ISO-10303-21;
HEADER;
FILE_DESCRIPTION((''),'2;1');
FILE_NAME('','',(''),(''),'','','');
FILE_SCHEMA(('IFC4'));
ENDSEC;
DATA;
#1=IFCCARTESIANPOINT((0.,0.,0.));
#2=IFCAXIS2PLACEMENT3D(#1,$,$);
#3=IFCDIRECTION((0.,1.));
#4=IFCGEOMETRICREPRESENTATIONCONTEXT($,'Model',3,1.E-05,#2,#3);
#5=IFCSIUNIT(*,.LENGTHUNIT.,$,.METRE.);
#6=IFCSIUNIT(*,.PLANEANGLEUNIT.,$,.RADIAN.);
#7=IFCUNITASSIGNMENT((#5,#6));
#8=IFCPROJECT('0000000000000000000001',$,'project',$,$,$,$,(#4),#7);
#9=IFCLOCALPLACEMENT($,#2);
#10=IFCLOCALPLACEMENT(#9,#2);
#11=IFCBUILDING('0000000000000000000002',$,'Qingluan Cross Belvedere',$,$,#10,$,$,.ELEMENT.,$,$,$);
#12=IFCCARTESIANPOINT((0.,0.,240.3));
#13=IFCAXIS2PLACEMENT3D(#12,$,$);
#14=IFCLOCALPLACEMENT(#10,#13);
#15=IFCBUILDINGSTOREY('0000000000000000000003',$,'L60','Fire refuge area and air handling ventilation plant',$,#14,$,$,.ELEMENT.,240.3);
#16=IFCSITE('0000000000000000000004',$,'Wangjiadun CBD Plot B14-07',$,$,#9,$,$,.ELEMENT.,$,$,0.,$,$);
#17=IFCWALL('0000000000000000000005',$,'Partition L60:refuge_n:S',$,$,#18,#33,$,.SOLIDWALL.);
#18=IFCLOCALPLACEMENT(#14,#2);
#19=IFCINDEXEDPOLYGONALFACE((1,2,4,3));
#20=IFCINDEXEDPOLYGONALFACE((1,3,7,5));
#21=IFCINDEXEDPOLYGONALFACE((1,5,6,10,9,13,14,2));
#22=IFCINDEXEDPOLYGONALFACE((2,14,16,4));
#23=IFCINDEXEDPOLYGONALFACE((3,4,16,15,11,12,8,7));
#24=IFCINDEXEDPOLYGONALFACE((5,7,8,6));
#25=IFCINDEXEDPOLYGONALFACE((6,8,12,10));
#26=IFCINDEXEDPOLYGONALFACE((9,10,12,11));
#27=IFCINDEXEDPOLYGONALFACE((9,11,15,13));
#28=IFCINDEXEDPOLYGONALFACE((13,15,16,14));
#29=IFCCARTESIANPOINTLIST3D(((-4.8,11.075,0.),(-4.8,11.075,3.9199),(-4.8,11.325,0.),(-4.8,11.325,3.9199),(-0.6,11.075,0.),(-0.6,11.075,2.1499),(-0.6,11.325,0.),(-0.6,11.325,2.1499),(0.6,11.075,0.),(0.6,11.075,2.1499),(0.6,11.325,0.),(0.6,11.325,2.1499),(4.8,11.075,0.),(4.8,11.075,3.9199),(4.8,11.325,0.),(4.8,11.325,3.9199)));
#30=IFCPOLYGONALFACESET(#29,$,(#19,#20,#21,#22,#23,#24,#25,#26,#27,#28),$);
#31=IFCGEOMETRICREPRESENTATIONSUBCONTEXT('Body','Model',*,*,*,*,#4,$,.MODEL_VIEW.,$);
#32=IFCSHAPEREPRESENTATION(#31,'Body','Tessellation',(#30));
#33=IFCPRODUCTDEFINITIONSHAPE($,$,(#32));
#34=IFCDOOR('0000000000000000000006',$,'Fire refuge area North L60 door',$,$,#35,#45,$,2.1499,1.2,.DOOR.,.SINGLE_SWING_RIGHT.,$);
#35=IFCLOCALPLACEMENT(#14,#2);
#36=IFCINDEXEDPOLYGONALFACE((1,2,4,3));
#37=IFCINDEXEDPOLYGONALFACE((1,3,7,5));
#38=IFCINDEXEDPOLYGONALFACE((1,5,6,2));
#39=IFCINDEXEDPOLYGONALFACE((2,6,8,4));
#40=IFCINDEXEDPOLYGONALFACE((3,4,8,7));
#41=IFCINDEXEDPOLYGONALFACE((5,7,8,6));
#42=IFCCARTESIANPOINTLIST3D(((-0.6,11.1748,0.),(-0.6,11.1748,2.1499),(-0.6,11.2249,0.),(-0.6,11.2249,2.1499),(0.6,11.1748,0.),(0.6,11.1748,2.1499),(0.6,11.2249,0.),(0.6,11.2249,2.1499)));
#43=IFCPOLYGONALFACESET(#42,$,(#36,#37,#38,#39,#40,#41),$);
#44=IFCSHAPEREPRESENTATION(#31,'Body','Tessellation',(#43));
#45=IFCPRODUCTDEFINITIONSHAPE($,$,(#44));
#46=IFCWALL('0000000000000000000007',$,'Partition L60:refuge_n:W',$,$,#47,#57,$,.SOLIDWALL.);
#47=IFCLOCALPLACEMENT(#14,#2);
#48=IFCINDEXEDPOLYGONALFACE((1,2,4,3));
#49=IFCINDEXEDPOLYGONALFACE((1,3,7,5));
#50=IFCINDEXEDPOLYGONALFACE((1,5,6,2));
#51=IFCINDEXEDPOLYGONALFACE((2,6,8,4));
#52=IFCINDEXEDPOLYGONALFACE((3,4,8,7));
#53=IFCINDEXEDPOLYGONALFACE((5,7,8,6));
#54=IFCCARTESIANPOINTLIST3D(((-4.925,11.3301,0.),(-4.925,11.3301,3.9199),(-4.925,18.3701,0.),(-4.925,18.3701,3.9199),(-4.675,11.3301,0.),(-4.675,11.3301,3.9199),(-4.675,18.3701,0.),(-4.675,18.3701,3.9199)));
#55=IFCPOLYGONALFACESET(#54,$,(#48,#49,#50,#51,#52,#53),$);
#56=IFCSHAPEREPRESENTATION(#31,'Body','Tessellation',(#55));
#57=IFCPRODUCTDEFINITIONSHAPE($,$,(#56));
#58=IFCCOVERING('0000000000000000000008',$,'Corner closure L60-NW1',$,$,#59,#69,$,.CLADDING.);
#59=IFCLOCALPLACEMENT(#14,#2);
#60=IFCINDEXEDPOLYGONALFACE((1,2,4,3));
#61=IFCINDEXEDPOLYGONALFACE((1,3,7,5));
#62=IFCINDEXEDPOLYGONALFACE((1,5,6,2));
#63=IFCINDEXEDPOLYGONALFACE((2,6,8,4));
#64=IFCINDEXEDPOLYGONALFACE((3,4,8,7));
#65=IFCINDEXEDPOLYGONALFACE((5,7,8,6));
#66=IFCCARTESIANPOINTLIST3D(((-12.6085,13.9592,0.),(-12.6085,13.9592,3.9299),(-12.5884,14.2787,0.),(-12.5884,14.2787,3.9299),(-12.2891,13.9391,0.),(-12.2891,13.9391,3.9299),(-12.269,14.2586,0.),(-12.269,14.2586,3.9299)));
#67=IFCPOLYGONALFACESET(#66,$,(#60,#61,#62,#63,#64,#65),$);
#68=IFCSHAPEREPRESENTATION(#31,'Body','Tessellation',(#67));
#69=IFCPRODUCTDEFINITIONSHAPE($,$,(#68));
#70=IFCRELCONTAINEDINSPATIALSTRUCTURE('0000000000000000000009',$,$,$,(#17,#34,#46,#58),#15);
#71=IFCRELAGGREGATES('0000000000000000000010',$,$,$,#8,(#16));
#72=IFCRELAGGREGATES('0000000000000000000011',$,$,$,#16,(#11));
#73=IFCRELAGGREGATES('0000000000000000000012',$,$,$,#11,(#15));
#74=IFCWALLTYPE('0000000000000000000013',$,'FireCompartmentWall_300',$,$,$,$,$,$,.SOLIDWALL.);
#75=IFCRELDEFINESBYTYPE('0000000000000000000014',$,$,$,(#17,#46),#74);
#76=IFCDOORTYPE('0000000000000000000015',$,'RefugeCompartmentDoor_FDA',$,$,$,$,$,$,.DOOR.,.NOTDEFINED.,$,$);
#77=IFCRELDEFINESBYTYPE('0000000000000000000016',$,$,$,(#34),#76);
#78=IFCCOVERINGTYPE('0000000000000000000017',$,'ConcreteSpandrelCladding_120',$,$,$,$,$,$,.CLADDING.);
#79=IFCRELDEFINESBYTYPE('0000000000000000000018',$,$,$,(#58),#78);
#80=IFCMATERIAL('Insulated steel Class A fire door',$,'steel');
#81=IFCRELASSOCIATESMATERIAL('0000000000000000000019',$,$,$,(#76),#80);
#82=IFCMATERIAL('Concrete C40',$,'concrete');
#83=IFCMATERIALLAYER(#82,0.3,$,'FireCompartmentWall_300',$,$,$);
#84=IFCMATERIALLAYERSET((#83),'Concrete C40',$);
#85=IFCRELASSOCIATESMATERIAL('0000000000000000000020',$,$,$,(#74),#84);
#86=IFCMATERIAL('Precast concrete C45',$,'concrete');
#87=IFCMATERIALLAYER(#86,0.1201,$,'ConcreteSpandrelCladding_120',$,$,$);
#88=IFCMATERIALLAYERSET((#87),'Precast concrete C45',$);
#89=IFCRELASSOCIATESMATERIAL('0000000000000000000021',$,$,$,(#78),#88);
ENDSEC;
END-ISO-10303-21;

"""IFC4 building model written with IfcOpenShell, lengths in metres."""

from ifc_helpers import new_model, si_unit, direction, frame, frame_2d, origin, origin_2d, place, context, subcontext, project, spatial, rectangle, extrude, material, layer, layer_set, type_object, element, fill, save


model = new_model("IFC4")

# Units and contexts
model_context = context("Model", 3, precision=1e-05, world=origin(), true_north=direction((0.0, 1.0)))
body_context = subcontext(model_context, "Body", "Model", "MODEL_VIEW")
ifc_project = project(units=[si_unit("LENGTHUNIT", "METRE"), si_unit("PLANEANGLEUNIT", "RADIAN")], contexts=[model_context])

# Site, building, storey
site_placement = place(None, origin())
site = spatial("IfcSite", under=ifc_project, at=site_placement, Name="Wangjiadun CBD Plot B14-07", CompositionType="ELEMENT", RefElevation=0.0)
building_placement = place(site_placement, origin())
building = spatial("IfcBuilding", under=site, at=building_placement, Name="Qingluan Cross Belvedere", CompositionType="ELEMENT")
storey_placement = place(building_placement, frame((0.0, 0.0, 240.3)))
storey = spatial("IfcBuildingStorey", under=building, at=storey_placement, Name="L60", Description="Fire refuge area and air handling ventilation plant", CompositionType="ELEMENT", Elevation=240.3)

# Shared definitions
ifc_material_1 = material(Name="Insulated steel Class A fire door", Category="steel")
door_type = type_object("IfcDoorType", Name="RefugeCompartmentDoor_FDA", OperationType="NOTDEFINED", PredefinedType="DOOR", material=ifc_material_1)

# Wall, opening, door
ifc_material_2 = material(Name="Concrete C40", Category="concrete")
ifc_layer_1 = layer(ifc_material_2, 0.3, Name="FireCompartmentWall_300")
ifc_layer_set_1 = layer_set([ifc_layer_1], Name="Concrete C40")
wall_type_1 = type_object("IfcWallType", Name="FireCompartmentWall_300", PredefinedType="SOLIDWALL", material=ifc_layer_set_1)
wall_1_placement = place(storey_placement, frame((-4.8, 11.2, 0.0), z_axis=(0.0, 0.0, 1.0), x_axis=(1.0, 0.0, 0.0)))
wall_1 = element("IfcWall", 1, at=wall_1_placement, inside=storey, type_object=wall_type_1, Name="Partition L60:refuge_n:S", PredefinedType="SOLIDWALL", context=body_context, shape_type="SweptSolid", body=[
    extrude(rectangle(XDim=9.6001, YDim=0.25, at=frame_2d((4.8, 0.0))), origin(), (0.0, 0.0, 1.0), 3.9199),
])
opening_1_placement = place(wall_1_placement, frame((4.2, 0.0, 0.0)))
opening_1 = element("IfcOpeningElement", 2, at=opening_1_placement, cuts=wall_1, PredefinedType="OPENING", context=body_context, shape_type="SweptSolid", body=[
    extrude(rectangle(XDim=1.2, YDim=2.1499, at=frame_2d((0.6001, 1.075))), frame((0.0, 0.135, 0.0), z_axis=(0.0, -1.0, 0.0), x_axis=(1.0, 0.0, 0.0)), (0.0, 0.0, 1.0), 0.27),
])
door_1_placement = place(opening_1_placement, origin())
door_1 = element("IfcDoor", 3, at=door_1_placement, inside=storey, type_object=door_type, Name="Fire refuge area North L60 door", OperationType="SINGLE_SWING_RIGHT", OverallHeight=2.1499, OverallWidth=1.2, PredefinedType="DOOR", context=body_context, shape_type="SweptSolid", body=[
    extrude(rectangle(XDim=1.2, YDim=2.1499, at=frame_2d((0.6001, 1.075))), frame((0.0, 0.0249, 0.0), z_axis=(0.0, -1.0, 0.0), x_axis=(1.0, 0.0, 0.0)), (0.0, 0.0, 1.0), 0.05),
])
fill(opening_1, door_1)

# Wall
wall_2_placement = place(storey_placement, frame((-4.8, 11.3301, 0.0), z_axis=(0.0, 0.0, 1.0), x_axis=(0.0, 1.0, 0.0)))
element("IfcWall", 4, at=wall_2_placement, inside=storey, type_object=wall_type_1, Name="Partition L60:refuge_n:W", PredefinedType="SOLIDWALL", context=body_context, shape_type="SweptSolid", body=[
    extrude(rectangle(XDim=7.04, YDim=0.25, at=frame_2d((3.52, 0.0))), origin(), (0.0, 0.0, 1.0), 3.9199),
])

# Covering
ifc_material_3 = material(Name="Precast concrete C45", Category="concrete")
ifc_layer_2 = layer(ifc_material_3, 0.1201, Name="ConcreteSpandrelCladding_120")
ifc_layer_set_2 = layer_set([ifc_layer_2], Name="Precast concrete C45")
covering_type = type_object("IfcCoveringType", Name="ConcreteSpandrelCladding_120", PredefinedType="CLADDING", material=ifc_layer_set_2)
covering_placement = place(storey_placement, frame((-12.4387, 14.1089, 0.0), z_axis=(0.0, 0.0, 1.0), x_axis=(0.998027, -0.062791, 0.0)))
element("IfcCovering", 5, at=covering_placement, inside=storey, type_object=covering_type, Name="Corner closure L60-NW1", PredefinedType="CLADDING", context=body_context, shape_type="SweptSolid", body=[
    extrude(rectangle(XDim=0.3201, YDim=0.3201, at=origin_2d()), origin(), (0.0, 0.0, 1.0), 3.9299),
])

save(model, "model.ifc")
